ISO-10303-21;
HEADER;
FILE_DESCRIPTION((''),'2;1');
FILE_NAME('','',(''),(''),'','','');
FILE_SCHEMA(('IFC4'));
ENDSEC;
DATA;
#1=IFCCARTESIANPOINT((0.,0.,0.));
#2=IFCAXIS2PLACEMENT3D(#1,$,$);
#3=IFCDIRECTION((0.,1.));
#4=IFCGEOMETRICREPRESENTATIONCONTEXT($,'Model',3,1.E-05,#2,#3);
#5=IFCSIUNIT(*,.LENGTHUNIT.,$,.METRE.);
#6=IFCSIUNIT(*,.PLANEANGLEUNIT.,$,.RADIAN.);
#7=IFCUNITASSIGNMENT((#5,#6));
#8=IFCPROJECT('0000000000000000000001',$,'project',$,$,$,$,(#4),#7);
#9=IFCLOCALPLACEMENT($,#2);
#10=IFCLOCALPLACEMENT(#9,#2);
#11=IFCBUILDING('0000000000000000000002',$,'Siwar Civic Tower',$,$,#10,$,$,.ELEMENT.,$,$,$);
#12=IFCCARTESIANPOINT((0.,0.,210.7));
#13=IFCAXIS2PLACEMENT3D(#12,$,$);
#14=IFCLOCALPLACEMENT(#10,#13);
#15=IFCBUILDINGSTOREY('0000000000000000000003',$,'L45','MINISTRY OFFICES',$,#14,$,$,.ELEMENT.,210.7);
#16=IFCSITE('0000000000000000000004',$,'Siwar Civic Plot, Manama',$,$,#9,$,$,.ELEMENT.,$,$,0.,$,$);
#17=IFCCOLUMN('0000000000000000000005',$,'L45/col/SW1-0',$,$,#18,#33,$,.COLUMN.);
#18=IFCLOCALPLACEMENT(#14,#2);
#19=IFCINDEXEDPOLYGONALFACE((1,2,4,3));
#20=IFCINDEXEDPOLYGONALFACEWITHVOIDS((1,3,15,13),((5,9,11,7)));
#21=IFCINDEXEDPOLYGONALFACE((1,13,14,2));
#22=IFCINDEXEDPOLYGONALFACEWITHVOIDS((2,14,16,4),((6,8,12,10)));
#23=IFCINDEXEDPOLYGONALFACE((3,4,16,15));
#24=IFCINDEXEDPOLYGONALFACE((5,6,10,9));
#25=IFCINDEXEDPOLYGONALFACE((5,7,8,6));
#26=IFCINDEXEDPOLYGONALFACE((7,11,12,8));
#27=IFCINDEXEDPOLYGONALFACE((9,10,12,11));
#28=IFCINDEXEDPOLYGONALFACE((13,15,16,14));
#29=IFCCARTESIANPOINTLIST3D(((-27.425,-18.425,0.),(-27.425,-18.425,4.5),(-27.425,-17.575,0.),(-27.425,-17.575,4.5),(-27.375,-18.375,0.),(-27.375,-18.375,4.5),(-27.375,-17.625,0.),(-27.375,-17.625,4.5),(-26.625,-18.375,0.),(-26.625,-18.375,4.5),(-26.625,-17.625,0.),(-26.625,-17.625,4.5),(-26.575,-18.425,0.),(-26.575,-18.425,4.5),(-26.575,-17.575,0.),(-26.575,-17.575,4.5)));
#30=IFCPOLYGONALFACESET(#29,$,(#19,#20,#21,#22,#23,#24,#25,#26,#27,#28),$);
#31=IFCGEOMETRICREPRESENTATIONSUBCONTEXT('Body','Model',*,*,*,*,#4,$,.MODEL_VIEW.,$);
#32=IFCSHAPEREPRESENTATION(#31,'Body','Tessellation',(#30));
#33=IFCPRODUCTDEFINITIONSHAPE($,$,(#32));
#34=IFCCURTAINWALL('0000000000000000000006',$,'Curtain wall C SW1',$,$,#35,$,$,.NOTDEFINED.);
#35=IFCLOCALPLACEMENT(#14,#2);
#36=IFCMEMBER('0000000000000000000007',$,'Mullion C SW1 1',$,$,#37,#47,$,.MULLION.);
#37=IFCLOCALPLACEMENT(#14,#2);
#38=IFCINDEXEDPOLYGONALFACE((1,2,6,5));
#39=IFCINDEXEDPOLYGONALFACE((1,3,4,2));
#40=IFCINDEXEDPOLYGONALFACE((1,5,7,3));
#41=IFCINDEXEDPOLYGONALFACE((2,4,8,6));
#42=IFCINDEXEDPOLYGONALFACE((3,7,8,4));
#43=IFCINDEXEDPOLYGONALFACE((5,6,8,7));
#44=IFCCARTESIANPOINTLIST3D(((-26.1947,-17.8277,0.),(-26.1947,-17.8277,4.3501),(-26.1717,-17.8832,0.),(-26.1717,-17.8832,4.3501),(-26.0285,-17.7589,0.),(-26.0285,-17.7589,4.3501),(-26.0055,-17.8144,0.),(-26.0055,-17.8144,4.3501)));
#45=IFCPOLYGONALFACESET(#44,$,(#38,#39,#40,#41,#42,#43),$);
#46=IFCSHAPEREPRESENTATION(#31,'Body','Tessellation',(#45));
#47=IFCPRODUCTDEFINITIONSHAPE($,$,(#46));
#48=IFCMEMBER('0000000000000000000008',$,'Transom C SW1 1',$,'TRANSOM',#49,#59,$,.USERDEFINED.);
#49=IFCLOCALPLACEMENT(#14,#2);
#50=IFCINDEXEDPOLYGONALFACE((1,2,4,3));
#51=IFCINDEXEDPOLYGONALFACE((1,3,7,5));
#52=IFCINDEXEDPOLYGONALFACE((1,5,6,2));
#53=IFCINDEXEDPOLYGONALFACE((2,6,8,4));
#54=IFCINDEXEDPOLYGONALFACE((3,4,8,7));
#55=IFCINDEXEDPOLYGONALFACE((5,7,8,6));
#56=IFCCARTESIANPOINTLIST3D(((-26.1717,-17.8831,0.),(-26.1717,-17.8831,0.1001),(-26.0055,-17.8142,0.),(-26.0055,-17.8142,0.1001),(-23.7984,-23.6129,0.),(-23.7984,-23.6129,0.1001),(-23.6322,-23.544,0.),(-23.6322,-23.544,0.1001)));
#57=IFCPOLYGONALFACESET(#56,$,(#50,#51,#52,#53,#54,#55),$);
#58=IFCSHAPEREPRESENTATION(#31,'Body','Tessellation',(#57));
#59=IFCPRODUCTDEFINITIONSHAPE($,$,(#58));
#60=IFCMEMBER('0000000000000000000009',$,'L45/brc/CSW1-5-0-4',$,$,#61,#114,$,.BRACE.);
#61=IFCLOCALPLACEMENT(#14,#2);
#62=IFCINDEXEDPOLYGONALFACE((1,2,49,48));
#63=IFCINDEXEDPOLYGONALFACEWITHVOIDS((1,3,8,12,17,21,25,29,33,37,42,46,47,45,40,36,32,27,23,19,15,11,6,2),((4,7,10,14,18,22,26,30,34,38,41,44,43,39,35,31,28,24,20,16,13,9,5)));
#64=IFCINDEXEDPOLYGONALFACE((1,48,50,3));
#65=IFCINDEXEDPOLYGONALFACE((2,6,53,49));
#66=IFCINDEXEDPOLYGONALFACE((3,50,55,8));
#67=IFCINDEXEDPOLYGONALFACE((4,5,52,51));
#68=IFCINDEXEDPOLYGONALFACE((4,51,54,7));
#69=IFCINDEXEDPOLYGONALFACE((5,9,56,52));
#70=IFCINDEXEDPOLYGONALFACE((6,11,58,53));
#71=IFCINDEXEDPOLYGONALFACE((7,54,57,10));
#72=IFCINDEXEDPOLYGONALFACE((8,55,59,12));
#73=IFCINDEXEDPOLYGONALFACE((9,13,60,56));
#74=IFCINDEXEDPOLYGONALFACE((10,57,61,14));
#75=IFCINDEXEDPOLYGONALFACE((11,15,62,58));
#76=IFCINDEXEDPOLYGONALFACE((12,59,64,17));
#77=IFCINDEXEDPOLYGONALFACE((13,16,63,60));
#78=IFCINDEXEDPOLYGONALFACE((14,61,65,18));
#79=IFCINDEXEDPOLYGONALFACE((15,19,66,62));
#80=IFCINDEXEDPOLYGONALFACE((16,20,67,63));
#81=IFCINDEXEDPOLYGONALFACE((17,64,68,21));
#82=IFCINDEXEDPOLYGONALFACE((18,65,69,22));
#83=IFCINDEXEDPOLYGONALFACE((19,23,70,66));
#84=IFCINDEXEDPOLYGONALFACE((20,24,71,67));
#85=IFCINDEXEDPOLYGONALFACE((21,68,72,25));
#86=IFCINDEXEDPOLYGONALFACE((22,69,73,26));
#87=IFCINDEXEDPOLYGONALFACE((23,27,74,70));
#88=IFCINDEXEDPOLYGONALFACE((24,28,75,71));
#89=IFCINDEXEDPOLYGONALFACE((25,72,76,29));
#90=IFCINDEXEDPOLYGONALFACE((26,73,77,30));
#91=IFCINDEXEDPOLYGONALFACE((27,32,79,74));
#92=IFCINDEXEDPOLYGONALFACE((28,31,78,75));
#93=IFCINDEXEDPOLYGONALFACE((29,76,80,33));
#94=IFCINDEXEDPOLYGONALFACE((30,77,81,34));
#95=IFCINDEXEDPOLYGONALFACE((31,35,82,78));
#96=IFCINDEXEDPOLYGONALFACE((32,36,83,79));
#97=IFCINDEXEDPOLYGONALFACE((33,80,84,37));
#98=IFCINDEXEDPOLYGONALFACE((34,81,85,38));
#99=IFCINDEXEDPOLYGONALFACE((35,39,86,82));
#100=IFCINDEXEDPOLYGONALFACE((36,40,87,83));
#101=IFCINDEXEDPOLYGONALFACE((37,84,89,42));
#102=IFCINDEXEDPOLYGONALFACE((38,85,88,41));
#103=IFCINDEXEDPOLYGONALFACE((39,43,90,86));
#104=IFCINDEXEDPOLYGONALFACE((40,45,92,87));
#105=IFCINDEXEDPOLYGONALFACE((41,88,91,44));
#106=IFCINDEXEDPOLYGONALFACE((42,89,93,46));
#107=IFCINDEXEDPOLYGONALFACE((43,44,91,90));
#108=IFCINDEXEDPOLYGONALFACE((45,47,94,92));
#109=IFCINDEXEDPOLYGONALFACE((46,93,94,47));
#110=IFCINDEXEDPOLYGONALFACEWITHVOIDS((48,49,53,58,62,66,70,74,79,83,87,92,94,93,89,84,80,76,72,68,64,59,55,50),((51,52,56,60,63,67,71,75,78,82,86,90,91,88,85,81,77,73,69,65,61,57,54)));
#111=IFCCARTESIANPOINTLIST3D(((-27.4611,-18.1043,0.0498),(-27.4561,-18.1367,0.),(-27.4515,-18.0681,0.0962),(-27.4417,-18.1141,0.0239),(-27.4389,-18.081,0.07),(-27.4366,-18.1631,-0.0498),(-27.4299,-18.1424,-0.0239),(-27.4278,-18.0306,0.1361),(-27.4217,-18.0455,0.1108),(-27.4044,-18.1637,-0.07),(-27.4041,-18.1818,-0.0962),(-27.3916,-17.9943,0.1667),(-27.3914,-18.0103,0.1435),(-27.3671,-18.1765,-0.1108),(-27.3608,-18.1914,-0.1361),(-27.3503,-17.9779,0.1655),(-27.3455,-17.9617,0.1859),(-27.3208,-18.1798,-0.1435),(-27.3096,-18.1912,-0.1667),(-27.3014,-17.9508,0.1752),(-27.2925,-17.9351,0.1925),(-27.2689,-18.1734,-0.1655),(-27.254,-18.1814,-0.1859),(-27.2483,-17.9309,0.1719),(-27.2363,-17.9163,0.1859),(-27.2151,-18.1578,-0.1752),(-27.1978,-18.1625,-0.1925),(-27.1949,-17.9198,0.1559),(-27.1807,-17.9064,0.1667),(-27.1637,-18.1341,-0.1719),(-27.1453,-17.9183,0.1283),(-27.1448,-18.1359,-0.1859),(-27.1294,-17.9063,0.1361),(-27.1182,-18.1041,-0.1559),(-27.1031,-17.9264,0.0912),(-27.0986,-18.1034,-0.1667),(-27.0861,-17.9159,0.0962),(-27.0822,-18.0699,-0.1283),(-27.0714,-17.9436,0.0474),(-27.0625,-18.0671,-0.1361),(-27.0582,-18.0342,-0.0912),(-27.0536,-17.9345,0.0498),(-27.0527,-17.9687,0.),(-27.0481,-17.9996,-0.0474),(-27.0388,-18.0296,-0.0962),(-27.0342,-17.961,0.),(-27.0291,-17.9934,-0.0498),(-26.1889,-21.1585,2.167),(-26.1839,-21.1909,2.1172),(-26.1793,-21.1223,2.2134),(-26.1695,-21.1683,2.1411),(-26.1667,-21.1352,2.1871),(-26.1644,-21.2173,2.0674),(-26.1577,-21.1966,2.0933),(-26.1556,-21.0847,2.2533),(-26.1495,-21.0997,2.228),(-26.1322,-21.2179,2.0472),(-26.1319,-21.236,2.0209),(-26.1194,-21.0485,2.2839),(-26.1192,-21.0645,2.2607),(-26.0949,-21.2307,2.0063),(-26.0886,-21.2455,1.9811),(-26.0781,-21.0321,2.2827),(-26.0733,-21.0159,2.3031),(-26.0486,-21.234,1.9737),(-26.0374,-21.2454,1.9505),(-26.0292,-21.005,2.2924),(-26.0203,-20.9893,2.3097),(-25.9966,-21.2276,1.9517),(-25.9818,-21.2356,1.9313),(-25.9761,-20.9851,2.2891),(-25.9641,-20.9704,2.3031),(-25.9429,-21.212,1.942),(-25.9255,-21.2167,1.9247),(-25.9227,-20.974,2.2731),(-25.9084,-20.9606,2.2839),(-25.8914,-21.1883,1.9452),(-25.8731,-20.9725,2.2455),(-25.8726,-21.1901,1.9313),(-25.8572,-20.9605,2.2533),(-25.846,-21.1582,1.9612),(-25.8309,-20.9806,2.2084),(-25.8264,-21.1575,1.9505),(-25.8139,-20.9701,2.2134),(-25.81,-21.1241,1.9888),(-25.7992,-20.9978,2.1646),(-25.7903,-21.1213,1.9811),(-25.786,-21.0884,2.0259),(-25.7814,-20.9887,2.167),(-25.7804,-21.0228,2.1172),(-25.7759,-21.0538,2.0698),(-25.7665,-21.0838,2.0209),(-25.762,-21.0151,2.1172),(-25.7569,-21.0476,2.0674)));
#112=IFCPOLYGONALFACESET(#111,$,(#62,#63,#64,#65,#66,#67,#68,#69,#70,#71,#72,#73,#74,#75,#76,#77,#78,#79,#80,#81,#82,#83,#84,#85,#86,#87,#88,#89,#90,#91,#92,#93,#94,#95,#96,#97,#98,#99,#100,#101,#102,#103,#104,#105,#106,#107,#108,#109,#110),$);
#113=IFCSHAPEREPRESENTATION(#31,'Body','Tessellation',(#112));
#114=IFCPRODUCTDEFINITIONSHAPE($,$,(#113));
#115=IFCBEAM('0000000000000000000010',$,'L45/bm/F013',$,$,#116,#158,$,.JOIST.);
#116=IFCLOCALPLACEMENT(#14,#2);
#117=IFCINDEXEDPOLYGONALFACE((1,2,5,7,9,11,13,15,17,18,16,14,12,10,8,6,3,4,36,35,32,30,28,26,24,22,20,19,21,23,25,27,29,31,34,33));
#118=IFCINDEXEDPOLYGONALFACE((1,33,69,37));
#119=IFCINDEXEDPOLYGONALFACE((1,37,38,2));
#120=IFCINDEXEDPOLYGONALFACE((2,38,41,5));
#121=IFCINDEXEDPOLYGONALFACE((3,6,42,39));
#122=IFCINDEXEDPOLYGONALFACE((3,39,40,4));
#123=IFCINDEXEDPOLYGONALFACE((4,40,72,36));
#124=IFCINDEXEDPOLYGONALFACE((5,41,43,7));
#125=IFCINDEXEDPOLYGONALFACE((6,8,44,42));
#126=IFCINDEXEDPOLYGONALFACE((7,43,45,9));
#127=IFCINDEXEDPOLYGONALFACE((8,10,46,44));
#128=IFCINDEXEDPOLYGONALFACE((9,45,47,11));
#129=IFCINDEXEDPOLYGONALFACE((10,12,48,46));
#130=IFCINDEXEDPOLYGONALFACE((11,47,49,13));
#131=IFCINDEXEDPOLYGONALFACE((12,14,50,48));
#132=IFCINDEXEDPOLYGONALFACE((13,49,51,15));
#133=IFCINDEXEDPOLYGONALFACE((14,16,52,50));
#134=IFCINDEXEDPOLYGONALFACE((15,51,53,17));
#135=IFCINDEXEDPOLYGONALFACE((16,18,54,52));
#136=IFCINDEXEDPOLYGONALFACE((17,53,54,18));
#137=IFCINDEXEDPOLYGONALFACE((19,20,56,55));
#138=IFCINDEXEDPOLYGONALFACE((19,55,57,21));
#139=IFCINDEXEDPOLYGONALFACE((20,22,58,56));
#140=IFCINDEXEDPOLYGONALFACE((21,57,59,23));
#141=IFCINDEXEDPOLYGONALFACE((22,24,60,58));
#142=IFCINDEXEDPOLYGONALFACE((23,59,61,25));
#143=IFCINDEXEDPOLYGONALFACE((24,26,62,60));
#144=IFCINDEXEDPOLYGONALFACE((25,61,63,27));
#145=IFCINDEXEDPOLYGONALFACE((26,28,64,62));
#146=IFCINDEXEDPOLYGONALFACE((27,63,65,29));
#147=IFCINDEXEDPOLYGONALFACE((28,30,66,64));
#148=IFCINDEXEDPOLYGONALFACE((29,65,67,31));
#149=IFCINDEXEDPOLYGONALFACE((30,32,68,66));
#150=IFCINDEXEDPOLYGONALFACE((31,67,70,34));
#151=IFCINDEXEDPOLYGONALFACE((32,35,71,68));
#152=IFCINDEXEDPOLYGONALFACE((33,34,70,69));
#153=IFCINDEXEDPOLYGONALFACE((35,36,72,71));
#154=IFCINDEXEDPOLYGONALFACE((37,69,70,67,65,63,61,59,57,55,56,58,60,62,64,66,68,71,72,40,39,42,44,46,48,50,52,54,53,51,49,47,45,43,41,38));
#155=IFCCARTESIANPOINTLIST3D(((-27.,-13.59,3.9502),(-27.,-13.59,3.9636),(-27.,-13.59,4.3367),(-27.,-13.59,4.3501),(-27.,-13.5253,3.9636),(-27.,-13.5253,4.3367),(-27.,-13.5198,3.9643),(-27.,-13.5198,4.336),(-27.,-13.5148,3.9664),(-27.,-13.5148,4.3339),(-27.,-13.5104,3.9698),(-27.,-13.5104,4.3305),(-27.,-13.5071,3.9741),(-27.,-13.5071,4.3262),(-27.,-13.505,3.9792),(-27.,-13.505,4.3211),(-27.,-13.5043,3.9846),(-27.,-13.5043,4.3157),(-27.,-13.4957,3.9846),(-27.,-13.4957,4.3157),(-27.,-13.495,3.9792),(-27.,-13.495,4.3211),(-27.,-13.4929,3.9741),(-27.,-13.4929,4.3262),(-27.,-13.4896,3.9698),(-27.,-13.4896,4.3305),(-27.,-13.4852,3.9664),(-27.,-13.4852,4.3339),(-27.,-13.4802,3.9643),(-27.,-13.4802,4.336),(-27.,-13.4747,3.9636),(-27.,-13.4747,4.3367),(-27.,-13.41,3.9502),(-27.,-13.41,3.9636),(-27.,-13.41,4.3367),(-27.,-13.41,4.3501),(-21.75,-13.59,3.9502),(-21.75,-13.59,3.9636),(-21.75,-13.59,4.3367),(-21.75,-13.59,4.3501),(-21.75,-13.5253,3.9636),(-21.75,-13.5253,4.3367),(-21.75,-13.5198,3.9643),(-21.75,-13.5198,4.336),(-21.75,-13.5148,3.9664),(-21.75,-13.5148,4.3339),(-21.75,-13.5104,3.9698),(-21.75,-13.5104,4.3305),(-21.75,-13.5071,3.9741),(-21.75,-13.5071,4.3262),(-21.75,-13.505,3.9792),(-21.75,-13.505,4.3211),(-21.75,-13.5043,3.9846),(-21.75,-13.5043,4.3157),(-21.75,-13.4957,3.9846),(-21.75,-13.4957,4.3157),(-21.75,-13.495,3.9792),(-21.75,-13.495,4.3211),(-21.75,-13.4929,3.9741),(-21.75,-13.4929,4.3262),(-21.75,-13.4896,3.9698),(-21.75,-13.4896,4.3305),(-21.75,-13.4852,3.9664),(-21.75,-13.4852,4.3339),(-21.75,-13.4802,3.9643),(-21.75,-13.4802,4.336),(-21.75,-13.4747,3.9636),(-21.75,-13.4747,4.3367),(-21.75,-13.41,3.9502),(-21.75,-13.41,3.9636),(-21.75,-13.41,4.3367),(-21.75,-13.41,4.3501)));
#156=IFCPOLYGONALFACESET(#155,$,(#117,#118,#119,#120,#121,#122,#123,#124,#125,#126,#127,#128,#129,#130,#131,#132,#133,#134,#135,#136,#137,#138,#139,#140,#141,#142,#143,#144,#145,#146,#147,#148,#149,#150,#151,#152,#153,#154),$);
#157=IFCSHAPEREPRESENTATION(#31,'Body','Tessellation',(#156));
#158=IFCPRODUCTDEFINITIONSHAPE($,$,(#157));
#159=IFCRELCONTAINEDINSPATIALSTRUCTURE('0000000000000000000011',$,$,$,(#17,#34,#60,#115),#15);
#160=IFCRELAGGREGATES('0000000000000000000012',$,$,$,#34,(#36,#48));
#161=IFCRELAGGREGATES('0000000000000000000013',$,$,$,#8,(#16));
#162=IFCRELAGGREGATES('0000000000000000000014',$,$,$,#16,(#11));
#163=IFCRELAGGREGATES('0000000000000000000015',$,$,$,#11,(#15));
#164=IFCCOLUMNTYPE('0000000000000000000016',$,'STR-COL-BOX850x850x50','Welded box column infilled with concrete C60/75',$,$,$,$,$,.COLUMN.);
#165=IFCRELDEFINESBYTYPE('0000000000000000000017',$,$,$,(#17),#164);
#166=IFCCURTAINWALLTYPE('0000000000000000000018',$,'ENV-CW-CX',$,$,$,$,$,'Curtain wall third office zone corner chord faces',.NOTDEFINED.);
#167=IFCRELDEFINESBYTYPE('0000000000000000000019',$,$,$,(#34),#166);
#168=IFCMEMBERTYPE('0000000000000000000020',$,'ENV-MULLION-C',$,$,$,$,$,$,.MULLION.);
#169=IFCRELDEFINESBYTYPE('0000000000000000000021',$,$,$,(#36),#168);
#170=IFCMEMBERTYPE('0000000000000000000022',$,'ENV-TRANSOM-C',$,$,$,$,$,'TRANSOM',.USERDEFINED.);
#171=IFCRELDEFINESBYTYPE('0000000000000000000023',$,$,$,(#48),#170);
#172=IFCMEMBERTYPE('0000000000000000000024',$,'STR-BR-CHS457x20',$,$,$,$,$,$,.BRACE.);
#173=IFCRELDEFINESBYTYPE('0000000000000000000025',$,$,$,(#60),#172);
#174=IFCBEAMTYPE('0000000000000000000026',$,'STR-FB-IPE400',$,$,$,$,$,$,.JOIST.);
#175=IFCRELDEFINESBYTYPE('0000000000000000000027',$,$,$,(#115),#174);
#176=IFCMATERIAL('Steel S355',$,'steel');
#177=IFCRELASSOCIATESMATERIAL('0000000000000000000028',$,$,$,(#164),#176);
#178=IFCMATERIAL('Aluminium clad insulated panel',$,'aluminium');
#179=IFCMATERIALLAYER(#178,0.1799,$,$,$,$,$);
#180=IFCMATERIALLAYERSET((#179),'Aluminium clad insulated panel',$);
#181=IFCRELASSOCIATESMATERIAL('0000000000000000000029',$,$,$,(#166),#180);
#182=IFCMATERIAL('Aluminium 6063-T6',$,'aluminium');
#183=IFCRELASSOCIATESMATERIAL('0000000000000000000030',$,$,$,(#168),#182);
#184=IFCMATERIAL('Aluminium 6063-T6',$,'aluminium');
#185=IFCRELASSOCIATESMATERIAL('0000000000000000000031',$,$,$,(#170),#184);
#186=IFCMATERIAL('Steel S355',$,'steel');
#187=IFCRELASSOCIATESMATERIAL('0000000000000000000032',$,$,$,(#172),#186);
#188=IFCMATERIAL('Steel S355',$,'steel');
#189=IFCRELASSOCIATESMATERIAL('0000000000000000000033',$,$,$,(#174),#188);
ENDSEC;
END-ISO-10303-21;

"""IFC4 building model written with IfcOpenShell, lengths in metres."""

from ifc_helpers import new_model, si_unit, direction, frame, origin, origin_2d, place, context, subcontext, project, spatial, rectangle, hollow_rectangle, hollow_circle, i_section, extrude, material, layer, layer_set, material_profile, profile_set, type_object, element, aggregate, save


model = new_model("IFC4")

# Units and contexts
model_context = context("Model", 3, precision=1e-05, world=origin(), true_north=direction((0.0, 1.0)))
body_context = subcontext(model_context, "Body", "Model", "MODEL_VIEW")
ifc_project = project(units=[si_unit("LENGTHUNIT", "METRE"), si_unit("PLANEANGLEUNIT", "RADIAN")], contexts=[model_context])

# Site, building, storey
site_placement = place(None, origin())
site = spatial("IfcSite", under=ifc_project, at=site_placement, Name="Siwar Civic Plot, Manama", CompositionType="ELEMENT", RefElevation=0.0)
building_placement = place(site_placement, origin())
building = spatial("IfcBuilding", under=site, at=building_placement, Name="Siwar Civic Tower", CompositionType="ELEMENT")
storey_placement = place(building_placement, frame((0.0, 0.0, 210.7)))
storey = spatial("IfcBuildingStorey", under=building, at=storey_placement, Name="L45", Description="MINISTRY OFFICES", CompositionType="ELEMENT", Elevation=210.7)

# Column
ifc_material_1 = material(Name="Steel S355", Category="steel")
ifc_material_profile_1 = material_profile(ifc_material_1, hollow_rectangle(XDim=0.8501, YDim=0.8501, WallThickness=0.05, at=origin_2d()), Name="BOX850x850x50")
ifc_profile_set_1 = profile_set([ifc_material_profile_1], Name="Steel S355")
column_type = type_object("IfcColumnType", Name="STR-COL-BOX850x850x50", Description="Welded box column infilled with concrete C60/75", PredefinedType="COLUMN", material=ifc_profile_set_1)
column_placement = place(storey_placement, frame((-27.0, -18.0, 0.0), z_axis=(0.0, 0.0, 1.0), x_axis=(1.0, 0.0, 0.0)))
element("IfcColumn", 1, at=column_placement, inside=storey, type_object=column_type, Name="L45/col/SW1-0", PredefinedType="COLUMN", context=body_context, shape_type="SweptSolid", body=[
    extrude(hollow_rectangle(XDim=0.8501, YDim=0.8501, WallThickness=0.05, at=origin_2d()), origin(), (0.0, 0.0, 1.0), 4.5),
])

# Curtain wall, members
ifc_material_2 = material(Name="Aluminium clad insulated panel", Category="aluminium")
ifc_layer_1 = layer(ifc_material_2, 0.1799)
ifc_layer_set_1 = layer_set([ifc_layer_1], Name="Aluminium clad insulated panel")
curtain_wall_type = type_object("IfcCurtainWallType", Name="ENV-CW-CX", ElementType="Curtain wall third office zone corner chord faces", PredefinedType="NOTDEFINED", material=ifc_layer_set_1)
curtain_wall_placement = place(storey_placement, origin())
curtain_wall = element("IfcCurtainWall", 2, at=curtain_wall_placement, inside=storey, type_object=curtain_wall_type, Name="Curtain wall C SW1", PredefinedType="NOTDEFINED")
ifc_material_3 = material(Name="Aluminium 6063-T6", Category="aluminium")
ifc_material_profile_2 = material_profile(ifc_material_3, rectangle(XDim=0.1799, YDim=0.0601, at=origin_2d()), Name="AL 180x60")
ifc_profile_set_2 = profile_set([ifc_material_profile_2], Name="Aluminium 6063-T6")
member_type_1 = type_object("IfcMemberType", Name="ENV-MULLION-C", PredefinedType="MULLION", material=ifc_profile_set_2)
member_1_placement = place(storey_placement, frame((-26.1001, -17.821, 0.0), z_axis=(0.0, 0.0, 1.0), x_axis=(0.92388, 0.382683, 0.0)))
member_1 = element("IfcMember", 3, at=member_1_placement, type_object=member_type_1, Name="Mullion C SW1 1", PredefinedType="MULLION", context=body_context, shape_type="SweptSolid", body=[
    extrude(rectangle(XDim=0.1799, YDim=0.0601, at=origin_2d()), origin(), (0.0, 0.0, 1.0), 4.3501),
])
ifc_material_4 = material(Name="Aluminium 6063-T6", Category="aluminium")
ifc_material_profile_3 = material_profile(ifc_material_4, rectangle(XDim=0.1799, YDim=0.1001, at=origin_2d()), Name="AL 180x100")
ifc_profile_set_3 = profile_set([ifc_material_profile_3], Name="Aluminium 6063-T6")
member_type_2 = type_object("IfcMemberType", Name="ENV-TRANSOM-C", ElementType="TRANSOM", PredefinedType="USERDEFINED", material=ifc_profile_set_3)
member_2_placement = place(storey_placement, frame((-26.0886, -17.8486, 0.05), z_axis=(0.382677, -0.923882, 0.0), x_axis=(0.923882, 0.382677, 0.0)))
member_2 = element("IfcMember", 4, at=member_2_placement, type_object=member_type_2, Name="Transom C SW1 1", ObjectType="TRANSOM", PredefinedType="USERDEFINED", context=body_context, shape_type="SweptSolid", body=[
    extrude(rectangle(XDim=0.1799, YDim=0.1001, at=origin_2d()), origin(), (0.0, 0.0, 1.0), 6.2019),
])
aggregate(curtain_wall, [member_1, member_2])

# Member
ifc_material_5 = material(Name="Steel S355", Category="steel")
ifc_material_profile_4 = material_profile(ifc_material_5, hollow_circle(Radius=0.2285, WallThickness=0.02, at=origin_2d()), Name="CHS457x20")
ifc_profile_set_4 = profile_set([ifc_material_profile_4], Name="Steel S355")
member_type_3 = type_object("IfcMemberType", Name="STR-BR-CHS457x20", PredefinedType="BRACE", material=ifc_profile_set_4)
member_3_placement = place(storey_placement, frame((-27.2451, -18.0488, 0.0), z_axis=(0.323884, -0.777546, 0.538999), x_axis=(0.923116, 0.384521, 0.0)))
element("IfcMember", 5, at=member_3_placement, inside=storey, type_object=member_type_3, Name="L45/brc/CSW1-5-0-4", PredefinedType="BRACE", context=body_context, shape_type="SweptSolid", body=[
    extrude(hollow_circle(Radius=0.2285, WallThickness=0.02, at=origin_2d()), origin(), (0.0, 0.0, 1.0), 3.928),
])

# Beam
ifc_material_6 = material(Name="Steel S355", Category="steel")
ifc_material_profile_5 = material_profile(ifc_material_6, i_section(OverallWidth=0.1799, OverallDepth=0.3999, WebThickness=0.0085, FlangeThickness=0.0134, FilletRadius=0.021, at=origin_2d()), Name="IPE400")
ifc_profile_set_5 = profile_set([ifc_material_profile_5], Name="Steel S355")
beam_type_1 = type_object("IfcBeamType", Name="STR-FB-IPE400", PredefinedType="JOIST", material=ifc_profile_set_5)
beam_1_placement = place(storey_placement, frame((-27.0, -13.5, 4.1501), z_axis=(1.0, 0.0, 0.0), x_axis=(0.0, 1.0, 0.0)))
element("IfcBeam", 6, at=beam_1_placement, inside=storey, type_object=beam_type_1, Name="L45/bm/F013", PredefinedType="JOIST", context=body_context, shape_type="SweptSolid", body=[
    extrude(i_section(OverallWidth=0.1799, OverallDepth=0.3999, WebThickness=0.0085, FlangeThickness=0.0134, FilletRadius=0.021, at=origin_2d()), origin(), (0.0, 0.0, 1.0), 5.25),
])

save(model, "model.ifc")
